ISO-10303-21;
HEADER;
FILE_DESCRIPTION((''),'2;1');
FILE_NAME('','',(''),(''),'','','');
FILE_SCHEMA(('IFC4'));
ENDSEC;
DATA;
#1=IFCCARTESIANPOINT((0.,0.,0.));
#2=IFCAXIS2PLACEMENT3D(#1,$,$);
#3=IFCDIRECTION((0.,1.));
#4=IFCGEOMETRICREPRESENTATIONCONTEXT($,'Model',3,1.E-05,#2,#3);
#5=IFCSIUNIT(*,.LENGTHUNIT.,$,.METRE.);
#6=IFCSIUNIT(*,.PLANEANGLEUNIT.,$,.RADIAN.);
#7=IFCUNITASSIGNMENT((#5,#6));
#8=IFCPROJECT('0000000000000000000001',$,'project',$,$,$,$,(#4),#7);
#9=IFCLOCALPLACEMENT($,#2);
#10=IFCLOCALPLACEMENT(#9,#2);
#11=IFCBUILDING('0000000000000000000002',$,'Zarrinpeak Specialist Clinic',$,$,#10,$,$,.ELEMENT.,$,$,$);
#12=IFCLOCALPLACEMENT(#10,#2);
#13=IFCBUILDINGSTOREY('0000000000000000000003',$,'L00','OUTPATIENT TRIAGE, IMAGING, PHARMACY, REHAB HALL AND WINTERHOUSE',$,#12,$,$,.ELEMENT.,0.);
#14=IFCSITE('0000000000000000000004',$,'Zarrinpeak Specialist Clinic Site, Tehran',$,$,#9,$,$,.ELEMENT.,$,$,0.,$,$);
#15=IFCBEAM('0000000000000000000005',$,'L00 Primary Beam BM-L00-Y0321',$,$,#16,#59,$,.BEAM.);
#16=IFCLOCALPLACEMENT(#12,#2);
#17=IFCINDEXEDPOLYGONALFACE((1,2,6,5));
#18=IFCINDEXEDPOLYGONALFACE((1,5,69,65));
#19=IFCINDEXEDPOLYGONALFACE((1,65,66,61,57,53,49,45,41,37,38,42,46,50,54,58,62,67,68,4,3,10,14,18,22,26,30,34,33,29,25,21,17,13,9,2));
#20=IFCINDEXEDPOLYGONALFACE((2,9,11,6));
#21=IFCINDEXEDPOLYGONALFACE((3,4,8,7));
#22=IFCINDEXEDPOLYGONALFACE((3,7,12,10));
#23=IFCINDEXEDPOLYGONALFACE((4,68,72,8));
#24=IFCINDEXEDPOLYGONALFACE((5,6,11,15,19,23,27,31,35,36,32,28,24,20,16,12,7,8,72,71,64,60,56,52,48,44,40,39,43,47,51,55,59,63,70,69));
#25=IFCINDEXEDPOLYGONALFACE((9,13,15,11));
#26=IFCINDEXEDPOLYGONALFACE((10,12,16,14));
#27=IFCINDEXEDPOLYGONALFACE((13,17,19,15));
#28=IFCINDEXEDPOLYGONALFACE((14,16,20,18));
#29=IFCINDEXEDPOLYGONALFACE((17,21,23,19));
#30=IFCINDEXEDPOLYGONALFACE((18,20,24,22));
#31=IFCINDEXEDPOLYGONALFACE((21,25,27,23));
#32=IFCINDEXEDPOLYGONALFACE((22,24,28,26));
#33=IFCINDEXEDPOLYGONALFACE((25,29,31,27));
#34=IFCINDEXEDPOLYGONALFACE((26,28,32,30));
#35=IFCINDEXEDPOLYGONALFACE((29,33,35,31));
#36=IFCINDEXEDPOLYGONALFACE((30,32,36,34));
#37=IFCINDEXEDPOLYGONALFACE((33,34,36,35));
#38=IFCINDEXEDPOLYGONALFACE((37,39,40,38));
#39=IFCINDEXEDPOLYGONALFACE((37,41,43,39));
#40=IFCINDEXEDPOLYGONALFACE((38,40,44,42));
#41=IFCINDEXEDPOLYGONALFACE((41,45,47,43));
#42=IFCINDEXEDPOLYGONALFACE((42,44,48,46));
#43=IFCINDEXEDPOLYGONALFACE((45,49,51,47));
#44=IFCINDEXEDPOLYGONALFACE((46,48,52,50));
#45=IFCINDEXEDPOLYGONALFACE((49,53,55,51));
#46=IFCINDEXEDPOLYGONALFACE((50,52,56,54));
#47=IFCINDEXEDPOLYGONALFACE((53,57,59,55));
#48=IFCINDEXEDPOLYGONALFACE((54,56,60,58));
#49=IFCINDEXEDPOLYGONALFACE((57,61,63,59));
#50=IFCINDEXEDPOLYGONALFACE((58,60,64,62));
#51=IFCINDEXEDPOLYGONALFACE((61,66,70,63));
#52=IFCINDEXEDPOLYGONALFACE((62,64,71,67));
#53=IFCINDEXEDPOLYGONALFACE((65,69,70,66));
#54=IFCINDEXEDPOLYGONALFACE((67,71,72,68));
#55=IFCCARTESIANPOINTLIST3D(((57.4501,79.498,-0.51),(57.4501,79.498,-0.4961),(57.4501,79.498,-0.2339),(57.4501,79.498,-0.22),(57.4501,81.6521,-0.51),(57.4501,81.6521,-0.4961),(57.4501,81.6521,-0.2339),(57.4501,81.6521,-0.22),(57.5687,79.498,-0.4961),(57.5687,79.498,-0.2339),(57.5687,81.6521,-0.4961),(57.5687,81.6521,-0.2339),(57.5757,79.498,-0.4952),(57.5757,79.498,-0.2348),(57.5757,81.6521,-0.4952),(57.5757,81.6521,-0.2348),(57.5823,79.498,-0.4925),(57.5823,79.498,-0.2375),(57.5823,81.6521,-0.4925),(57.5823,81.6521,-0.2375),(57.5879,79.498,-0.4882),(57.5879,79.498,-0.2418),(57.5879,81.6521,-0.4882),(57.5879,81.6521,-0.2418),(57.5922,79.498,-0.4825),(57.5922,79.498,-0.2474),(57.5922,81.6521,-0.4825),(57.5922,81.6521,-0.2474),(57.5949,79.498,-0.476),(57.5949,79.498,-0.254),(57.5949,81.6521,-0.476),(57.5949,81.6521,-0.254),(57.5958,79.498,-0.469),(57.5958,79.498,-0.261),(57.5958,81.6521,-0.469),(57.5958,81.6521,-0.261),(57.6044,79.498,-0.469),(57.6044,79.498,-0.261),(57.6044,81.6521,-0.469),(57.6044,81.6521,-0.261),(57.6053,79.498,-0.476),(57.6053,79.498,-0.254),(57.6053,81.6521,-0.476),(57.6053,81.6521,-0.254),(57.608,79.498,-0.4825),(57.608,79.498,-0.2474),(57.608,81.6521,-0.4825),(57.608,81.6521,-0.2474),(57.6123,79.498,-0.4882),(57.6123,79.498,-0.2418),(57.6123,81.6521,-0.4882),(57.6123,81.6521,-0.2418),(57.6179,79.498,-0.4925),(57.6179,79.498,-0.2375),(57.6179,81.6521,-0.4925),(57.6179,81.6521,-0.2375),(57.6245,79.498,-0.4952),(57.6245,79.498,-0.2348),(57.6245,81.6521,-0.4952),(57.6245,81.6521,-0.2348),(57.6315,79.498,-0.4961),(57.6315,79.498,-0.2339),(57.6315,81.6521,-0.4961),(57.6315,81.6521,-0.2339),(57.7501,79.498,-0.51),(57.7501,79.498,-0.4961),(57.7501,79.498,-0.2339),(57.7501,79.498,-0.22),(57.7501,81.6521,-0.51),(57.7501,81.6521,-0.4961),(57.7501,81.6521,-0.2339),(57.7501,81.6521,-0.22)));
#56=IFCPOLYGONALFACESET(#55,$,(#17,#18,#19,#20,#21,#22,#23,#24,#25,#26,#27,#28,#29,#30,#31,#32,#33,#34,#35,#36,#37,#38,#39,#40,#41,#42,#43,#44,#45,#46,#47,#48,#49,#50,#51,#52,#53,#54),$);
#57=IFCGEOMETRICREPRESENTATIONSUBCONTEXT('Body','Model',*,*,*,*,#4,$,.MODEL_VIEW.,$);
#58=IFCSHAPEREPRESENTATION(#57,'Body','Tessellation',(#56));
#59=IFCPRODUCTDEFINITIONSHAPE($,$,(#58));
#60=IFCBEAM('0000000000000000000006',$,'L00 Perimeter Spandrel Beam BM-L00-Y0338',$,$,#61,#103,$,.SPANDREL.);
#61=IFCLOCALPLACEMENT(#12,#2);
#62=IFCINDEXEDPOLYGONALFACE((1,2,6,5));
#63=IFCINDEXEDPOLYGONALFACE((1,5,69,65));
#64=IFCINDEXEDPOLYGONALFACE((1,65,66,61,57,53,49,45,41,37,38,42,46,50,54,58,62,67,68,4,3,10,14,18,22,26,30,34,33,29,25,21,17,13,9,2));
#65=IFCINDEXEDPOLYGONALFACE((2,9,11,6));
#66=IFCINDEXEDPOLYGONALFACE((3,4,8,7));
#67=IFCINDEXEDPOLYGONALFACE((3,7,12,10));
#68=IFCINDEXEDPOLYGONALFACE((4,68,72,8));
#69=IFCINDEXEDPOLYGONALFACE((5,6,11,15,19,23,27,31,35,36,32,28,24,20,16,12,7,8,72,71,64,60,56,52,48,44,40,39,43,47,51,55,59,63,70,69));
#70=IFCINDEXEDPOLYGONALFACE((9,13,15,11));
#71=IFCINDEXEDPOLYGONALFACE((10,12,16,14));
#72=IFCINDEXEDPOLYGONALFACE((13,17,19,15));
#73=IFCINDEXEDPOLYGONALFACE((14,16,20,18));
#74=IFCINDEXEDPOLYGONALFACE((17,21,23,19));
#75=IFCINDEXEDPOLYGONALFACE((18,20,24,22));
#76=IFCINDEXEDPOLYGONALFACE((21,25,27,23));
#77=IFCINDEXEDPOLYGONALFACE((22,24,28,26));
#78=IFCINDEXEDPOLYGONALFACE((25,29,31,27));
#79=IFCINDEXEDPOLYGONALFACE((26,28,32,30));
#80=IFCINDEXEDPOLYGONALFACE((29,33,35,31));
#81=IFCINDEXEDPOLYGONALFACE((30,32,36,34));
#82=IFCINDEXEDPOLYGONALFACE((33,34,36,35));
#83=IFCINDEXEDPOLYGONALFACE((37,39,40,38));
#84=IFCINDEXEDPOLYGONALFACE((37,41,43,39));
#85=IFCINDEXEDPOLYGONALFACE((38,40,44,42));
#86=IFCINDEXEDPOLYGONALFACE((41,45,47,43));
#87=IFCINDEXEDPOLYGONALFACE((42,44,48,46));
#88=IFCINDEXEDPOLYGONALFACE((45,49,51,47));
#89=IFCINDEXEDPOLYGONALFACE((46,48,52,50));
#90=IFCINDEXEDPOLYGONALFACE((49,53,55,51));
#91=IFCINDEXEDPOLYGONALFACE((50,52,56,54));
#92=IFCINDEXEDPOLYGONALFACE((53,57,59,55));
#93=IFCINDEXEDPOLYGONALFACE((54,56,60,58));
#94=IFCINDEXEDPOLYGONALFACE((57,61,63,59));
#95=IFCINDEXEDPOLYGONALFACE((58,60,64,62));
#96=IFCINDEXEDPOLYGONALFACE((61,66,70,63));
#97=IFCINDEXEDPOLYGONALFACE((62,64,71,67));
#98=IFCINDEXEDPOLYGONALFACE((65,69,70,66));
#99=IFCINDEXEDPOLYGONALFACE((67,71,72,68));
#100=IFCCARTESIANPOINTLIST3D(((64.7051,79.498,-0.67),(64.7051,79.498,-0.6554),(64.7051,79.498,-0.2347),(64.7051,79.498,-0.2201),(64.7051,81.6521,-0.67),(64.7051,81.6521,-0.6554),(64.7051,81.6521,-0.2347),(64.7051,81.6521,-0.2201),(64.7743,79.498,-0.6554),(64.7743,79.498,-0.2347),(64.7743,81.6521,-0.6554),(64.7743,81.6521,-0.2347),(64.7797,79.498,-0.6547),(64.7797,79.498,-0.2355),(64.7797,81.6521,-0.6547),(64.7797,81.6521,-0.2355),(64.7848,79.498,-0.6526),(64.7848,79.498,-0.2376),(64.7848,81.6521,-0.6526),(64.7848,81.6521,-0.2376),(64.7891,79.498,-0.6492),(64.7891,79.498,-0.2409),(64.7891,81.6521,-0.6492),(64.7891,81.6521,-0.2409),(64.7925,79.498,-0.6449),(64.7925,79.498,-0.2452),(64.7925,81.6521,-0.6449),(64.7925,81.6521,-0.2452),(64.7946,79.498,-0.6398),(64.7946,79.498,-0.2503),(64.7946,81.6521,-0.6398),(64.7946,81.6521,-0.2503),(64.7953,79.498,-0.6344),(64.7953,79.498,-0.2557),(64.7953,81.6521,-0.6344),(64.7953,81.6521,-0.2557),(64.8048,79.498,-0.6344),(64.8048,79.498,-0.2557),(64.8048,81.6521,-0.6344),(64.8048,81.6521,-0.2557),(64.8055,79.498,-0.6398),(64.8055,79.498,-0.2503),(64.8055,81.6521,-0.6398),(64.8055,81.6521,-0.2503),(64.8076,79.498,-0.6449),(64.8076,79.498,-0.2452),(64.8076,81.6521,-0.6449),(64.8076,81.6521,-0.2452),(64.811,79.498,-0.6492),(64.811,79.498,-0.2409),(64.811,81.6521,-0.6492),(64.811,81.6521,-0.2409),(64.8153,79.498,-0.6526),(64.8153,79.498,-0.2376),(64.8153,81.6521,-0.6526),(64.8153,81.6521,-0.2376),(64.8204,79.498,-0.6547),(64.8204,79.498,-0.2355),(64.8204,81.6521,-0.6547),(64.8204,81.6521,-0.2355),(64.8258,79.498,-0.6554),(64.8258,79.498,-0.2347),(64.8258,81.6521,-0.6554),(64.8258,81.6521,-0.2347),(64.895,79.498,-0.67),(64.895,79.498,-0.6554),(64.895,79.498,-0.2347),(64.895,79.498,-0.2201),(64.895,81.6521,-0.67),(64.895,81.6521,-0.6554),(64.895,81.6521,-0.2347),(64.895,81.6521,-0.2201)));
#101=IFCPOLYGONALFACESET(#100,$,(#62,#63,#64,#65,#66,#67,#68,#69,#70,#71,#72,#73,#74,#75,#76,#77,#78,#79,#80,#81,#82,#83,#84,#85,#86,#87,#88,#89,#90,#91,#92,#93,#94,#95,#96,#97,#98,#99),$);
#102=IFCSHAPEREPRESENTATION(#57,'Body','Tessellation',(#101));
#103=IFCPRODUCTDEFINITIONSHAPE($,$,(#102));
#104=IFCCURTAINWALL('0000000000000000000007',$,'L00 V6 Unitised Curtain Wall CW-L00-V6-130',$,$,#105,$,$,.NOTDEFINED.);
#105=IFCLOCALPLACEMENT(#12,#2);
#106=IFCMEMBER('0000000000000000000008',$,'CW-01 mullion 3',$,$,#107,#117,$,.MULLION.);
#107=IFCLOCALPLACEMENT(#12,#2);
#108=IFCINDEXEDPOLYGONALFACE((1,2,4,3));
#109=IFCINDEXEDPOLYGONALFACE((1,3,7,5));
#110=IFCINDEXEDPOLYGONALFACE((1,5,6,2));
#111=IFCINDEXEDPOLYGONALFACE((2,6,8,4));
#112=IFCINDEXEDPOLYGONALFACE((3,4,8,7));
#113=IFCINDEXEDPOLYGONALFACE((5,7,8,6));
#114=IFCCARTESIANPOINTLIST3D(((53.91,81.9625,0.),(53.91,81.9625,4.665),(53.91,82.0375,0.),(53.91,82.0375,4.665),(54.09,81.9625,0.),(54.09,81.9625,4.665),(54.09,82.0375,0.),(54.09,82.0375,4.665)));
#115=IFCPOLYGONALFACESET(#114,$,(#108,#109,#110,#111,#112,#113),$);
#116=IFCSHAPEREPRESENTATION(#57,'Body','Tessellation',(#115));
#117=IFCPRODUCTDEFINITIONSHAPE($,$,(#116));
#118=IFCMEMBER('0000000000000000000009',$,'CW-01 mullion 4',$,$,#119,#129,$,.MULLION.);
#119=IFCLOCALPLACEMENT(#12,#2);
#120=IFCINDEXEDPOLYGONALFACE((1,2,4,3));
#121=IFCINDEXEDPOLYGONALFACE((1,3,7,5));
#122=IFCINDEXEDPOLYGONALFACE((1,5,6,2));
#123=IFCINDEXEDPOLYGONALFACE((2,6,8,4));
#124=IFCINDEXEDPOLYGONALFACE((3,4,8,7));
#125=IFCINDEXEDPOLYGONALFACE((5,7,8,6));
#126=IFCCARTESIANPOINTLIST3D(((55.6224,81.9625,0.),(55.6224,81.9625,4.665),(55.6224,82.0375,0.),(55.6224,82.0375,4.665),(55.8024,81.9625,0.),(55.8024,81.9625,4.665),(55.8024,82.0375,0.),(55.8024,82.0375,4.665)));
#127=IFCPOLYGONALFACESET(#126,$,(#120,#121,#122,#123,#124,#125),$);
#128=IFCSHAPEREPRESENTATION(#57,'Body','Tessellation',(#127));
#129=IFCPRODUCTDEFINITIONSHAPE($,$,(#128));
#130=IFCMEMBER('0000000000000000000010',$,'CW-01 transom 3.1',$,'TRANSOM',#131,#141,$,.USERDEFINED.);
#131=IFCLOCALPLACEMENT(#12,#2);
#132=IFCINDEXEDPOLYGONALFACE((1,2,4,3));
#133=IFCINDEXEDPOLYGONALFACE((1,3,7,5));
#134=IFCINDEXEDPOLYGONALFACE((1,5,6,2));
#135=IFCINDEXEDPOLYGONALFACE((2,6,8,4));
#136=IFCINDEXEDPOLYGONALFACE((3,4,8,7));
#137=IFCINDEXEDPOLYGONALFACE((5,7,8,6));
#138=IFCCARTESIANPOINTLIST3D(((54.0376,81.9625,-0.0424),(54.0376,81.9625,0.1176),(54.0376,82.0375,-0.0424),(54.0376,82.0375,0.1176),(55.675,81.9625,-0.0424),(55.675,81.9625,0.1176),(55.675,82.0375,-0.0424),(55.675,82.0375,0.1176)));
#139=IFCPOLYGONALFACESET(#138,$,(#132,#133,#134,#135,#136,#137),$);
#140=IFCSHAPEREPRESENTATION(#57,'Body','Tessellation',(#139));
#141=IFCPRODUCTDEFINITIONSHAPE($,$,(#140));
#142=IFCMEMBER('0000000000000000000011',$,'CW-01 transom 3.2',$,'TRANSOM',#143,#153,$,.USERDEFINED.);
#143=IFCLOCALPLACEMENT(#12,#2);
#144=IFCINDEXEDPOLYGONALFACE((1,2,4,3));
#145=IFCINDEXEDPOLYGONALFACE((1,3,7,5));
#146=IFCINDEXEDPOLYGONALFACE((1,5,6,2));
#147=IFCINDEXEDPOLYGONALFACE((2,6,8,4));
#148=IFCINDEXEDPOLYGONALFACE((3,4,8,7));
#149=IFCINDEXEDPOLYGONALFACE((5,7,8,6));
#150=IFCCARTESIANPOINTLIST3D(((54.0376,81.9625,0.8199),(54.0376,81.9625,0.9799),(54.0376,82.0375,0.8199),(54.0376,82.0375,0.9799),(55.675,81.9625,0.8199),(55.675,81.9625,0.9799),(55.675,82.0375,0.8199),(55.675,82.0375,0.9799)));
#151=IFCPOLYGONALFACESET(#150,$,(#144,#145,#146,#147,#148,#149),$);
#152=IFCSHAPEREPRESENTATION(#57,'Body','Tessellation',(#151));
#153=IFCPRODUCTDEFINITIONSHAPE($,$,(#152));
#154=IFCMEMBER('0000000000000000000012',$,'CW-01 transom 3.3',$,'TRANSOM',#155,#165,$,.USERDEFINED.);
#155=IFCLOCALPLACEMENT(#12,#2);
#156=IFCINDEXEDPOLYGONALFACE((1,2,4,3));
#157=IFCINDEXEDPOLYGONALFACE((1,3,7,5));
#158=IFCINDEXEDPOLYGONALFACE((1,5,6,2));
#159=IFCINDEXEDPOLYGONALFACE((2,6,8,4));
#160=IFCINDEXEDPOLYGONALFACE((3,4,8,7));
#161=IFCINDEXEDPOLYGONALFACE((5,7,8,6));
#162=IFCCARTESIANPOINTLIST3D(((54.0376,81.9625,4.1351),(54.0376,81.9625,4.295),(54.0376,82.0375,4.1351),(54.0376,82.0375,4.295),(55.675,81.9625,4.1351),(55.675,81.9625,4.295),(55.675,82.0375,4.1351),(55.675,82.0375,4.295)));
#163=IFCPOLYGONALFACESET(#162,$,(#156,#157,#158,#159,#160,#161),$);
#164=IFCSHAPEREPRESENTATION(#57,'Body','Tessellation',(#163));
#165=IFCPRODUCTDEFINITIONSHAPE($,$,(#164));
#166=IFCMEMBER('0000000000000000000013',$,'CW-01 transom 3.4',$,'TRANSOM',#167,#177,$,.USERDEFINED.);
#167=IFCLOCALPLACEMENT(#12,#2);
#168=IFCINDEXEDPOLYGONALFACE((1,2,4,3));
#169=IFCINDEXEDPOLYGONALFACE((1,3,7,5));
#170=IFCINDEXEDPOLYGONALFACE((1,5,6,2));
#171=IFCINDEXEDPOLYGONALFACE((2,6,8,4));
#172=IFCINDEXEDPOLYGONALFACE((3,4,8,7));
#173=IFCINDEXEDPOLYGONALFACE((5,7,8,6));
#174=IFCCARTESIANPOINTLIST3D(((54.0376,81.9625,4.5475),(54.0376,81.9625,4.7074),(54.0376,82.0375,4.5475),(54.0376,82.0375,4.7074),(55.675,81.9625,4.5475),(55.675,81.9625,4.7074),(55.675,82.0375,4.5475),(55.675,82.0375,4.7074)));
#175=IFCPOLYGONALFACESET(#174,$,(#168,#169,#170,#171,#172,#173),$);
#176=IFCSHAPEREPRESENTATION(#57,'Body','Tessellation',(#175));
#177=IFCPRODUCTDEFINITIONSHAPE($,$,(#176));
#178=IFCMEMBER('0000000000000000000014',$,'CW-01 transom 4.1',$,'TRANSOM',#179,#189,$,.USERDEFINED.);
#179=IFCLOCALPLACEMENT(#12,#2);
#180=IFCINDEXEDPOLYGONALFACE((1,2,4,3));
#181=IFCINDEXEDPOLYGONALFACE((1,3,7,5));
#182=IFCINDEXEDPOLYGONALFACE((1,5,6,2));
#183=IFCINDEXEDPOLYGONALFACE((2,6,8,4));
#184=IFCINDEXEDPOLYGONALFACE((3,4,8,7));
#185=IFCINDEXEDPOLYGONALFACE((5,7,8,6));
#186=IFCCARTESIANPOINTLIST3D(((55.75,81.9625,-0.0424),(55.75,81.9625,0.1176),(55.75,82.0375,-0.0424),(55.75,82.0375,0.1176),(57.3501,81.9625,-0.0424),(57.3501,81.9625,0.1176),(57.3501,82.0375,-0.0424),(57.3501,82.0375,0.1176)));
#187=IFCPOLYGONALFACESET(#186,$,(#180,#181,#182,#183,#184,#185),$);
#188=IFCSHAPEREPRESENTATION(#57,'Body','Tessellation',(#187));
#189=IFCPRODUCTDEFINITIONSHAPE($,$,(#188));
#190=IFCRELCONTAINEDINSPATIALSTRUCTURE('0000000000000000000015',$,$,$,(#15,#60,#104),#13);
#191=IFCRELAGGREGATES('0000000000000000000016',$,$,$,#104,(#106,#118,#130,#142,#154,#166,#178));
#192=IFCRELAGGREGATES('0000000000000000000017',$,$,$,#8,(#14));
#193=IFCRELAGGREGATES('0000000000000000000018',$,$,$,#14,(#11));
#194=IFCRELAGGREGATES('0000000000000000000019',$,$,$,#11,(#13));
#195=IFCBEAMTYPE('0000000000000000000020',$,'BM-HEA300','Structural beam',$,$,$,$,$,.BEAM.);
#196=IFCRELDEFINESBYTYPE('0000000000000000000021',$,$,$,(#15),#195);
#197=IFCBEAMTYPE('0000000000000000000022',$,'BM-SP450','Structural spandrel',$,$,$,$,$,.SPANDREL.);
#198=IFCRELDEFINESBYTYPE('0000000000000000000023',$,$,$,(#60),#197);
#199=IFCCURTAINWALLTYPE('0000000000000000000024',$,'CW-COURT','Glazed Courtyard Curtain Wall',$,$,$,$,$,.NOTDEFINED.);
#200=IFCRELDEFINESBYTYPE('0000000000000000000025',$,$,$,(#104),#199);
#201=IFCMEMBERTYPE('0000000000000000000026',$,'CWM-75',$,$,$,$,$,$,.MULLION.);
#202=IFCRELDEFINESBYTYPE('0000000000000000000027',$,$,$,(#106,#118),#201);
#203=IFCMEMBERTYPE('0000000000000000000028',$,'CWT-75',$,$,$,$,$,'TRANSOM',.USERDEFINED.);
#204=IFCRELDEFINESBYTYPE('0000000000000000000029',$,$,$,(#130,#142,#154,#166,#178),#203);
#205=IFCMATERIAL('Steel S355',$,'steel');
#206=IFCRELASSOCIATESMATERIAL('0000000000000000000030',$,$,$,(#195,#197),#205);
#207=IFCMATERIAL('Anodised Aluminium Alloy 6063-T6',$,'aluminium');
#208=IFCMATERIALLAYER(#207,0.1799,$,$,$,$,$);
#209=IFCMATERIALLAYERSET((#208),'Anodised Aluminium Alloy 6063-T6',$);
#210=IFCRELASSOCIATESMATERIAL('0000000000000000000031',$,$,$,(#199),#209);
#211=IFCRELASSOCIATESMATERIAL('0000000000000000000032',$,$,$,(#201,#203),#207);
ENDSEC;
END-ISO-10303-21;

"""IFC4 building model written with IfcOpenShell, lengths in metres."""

from ifc_helpers import new_model, si_unit, direction, frame, origin, origin_2d, place, context, subcontext, project, spatial, rectangle, i_section, extrude, material, layer, layer_set, material_profile, profile_set, type_object, element, aggregate, save


model = new_model("IFC4")

# Units and contexts
model_context = context("Model", 3, precision=1e-05, world=origin(), true_north=direction((0.0, 1.0)))
body_context = subcontext(model_context, "Body", "Model", "MODEL_VIEW")
ifc_project = project(units=[si_unit("LENGTHUNIT", "METRE"), si_unit("PLANEANGLEUNIT", "RADIAN")], contexts=[model_context])

# Site, building, storey
site_placement = place(None, origin())
site = spatial("IfcSite", under=ifc_project, at=site_placement, Name="Zarrinpeak Specialist Clinic Site, Tehran", CompositionType="ELEMENT", RefElevation=0.0)
building_placement = place(site_placement, origin())
building = spatial("IfcBuilding", under=site, at=building_placement, Name="Zarrinpeak Specialist Clinic", CompositionType="ELEMENT")
storey_placement = place(building_placement, origin())
storey = spatial("IfcBuildingStorey", under=building, at=storey_placement, Name="L00", Description="OUTPATIENT TRIAGE, IMAGING, PHARMACY, REHAB HALL AND WINTERHOUSE", CompositionType="ELEMENT", Elevation=0.0)

# Beams
ifc_material_1 = material(Name="Steel S355", Category="steel")
ifc_material_profile_1 = material_profile(ifc_material_1, i_section(OverallWidth=0.3, OverallDepth=0.29, WebThickness=0.0085, FlangeThickness=0.0139, FilletRadius=0.0271, at=origin_2d()), Name="HEA 300")
ifc_profile_set_1 = profile_set([ifc_material_profile_1], Name="Steel S355")
beam_type_1 = type_object("IfcBeamType", Name="BM-HEA300", Description="Structural beam", PredefinedType="BEAM", material=ifc_profile_set_1)
beam_1_placement = place(storey_placement, frame((57.6001, 79.498, -0.365), z_axis=(0.0, 1.0, 0.0), x_axis=(-1.0, 0.0, 0.0)))
element("IfcBeam", 1, at=beam_1_placement, inside=storey, type_object=beam_type_1, Name="L00 Primary Beam BM-L00-Y0321", PredefinedType="BEAM", context=body_context, shape_type="SweptSolid", body=[
    extrude(i_section(OverallWidth=0.3, OverallDepth=0.29, WebThickness=0.0085, FlangeThickness=0.0139, FilletRadius=0.0271, at=origin_2d()), origin(), (0.0, 0.0, 1.0), 2.1541),
])
ifc_material_profile_2 = material_profile(ifc_material_1, i_section(OverallWidth=0.1899, OverallDepth=0.45, WebThickness=0.0095, FlangeThickness=0.0146, FilletRadius=0.021, at=origin_2d()), Name="IPE 450")
ifc_profile_set_2 = profile_set([ifc_material_profile_2], Name="Steel S355")
beam_type_2 = type_object("IfcBeamType", Name="BM-SP450", Description="Structural spandrel", PredefinedType="SPANDREL", material=ifc_profile_set_2)
beam_2_placement = place(storey_placement, frame((64.8, 79.498, -0.4451), z_axis=(0.0, 1.0, 0.0), x_axis=(-1.0, 0.0, 0.0)))
element("IfcBeam", 2, at=beam_2_placement, inside=storey, type_object=beam_type_2, Name="L00 Perimeter Spandrel Beam BM-L00-Y0338", PredefinedType="SPANDREL", context=body_context, shape_type="SweptSolid", body=[
    extrude(i_section(OverallWidth=0.1899, OverallDepth=0.45, WebThickness=0.0095, FlangeThickness=0.0146, FilletRadius=0.021, at=origin_2d()), origin(), (0.0, 0.0, 1.0), 2.1541),
])

# Curtain wall, members
ifc_material_2 = material(Name="Anodised Aluminium Alloy 6063-T6", Category="aluminium")
ifc_layer_1 = layer(ifc_material_2, 0.1799)
ifc_layer_set_1 = layer_set([ifc_layer_1], Name="Anodised Aluminium Alloy 6063-T6")
curtain_wall_type = type_object("IfcCurtainWallType", Name="CW-COURT", Description="Glazed Courtyard Curtain Wall", PredefinedType="NOTDEFINED", material=ifc_layer_set_1)
curtain_wall_placement = place(storey_placement, origin())
curtain_wall = element("IfcCurtainWall", 3, at=curtain_wall_placement, inside=storey, type_object=curtain_wall_type, Name="L00 V6 Unitised Curtain Wall CW-L00-V6-130", PredefinedType="NOTDEFINED")
ifc_material_profile_3 = material_profile(ifc_material_2, rectangle(XDim=0.075, YDim=0.1799, at=origin_2d()), Name="ALU 75x180")
ifc_profile_set_3 = profile_set([ifc_material_profile_3], Name="Anodised Aluminium Alloy 6063-T6")
member_type_1 = type_object("IfcMemberType", Name="CWM-75", PredefinedType="MULLION", material=ifc_profile_set_3)
member_1_placement = place(storey_placement, frame((54.0, 82.0, 0.0), z_axis=(0.0, 0.0, 1.0), x_axis=(0.0, 1.0, 0.0)))
member_1 = element("IfcMember", 4, at=member_1_placement, type_object=member_type_1, Name="CW-01 mullion 3", PredefinedType="MULLION", context=body_context, shape_type="SweptSolid", body=[
    extrude(rectangle(XDim=0.075, YDim=0.1799, at=origin_2d()), origin(), (0.0, 0.0, 1.0), 4.665),
])
member_2_placement = place(storey_placement, frame((55.7124, 82.0, 0.0), z_axis=(0.0, 0.0, 1.0), x_axis=(0.0, 1.0, 0.0)))
member_2 = element("IfcMember", 5, at=member_2_placement, type_object=member_type_1, Name="CW-01 mullion 4", PredefinedType="MULLION", context=body_context, shape_type="SweptSolid", body=[
    extrude(rectangle(XDim=0.075, YDim=0.1799, at=origin_2d()), origin(), (0.0, 0.0, 1.0), 4.665),
])
ifc_material_profile_4 = material_profile(ifc_material_2, rectangle(XDim=0.075, YDim=0.1599, at=origin_2d()), Name="ALU 75x160")
ifc_profile_set_4 = profile_set([ifc_material_profile_4], Name="Anodised Aluminium Alloy 6063-T6")
member_type_2 = type_object("IfcMemberType", Name="CWT-75", ElementType="TRANSOM", PredefinedType="USERDEFINED", material=ifc_profile_set_4)
member_3_placement = place(storey_placement, frame((54.0376, 82.0, 0.0376), z_axis=(1.0, 0.0, 0.0), x_axis=(0.0, 1.0, 0.0)))
member_3 = element("IfcMember", 6, at=member_3_placement, type_object=member_type_2, Name="CW-01 transom 3.1", ObjectType="TRANSOM", PredefinedType="USERDEFINED", context=body_context, shape_type="SweptSolid", body=[
    extrude(rectangle(XDim=0.075, YDim=0.1599, at=origin_2d()), origin(), (0.0, 0.0, 1.0), 1.6375),
])
member_4_placement = place(storey_placement, frame((54.0376, 82.0, 0.8999), z_axis=(1.0, 0.0, 0.0), x_axis=(0.0, 1.0, 0.0)))
member_4 = element("IfcMember", 7, at=member_4_placement, type_object=member_type_2, Name="CW-01 transom 3.2", ObjectType="TRANSOM", PredefinedType="USERDEFINED", context=body_context, shape_type="SweptSolid", body=[
    extrude(rectangle(XDim=0.075, YDim=0.1599, at=origin_2d()), origin(), (0.0, 0.0, 1.0), 1.6375),
])
member_5_placement = place(storey_placement, frame((54.0376, 82.0, 4.2151), z_axis=(1.0, 0.0, 0.0), x_axis=(0.0, 1.0, 0.0)))
member_5 = element("IfcMember", 8, at=member_5_placement, type_object=member_type_2, Name="CW-01 transom 3.3", ObjectType="TRANSOM", PredefinedType="USERDEFINED", context=body_context, shape_type="SweptSolid", body=[
    extrude(rectangle(XDim=0.075, YDim=0.1599, at=origin_2d()), origin(), (0.0, 0.0, 1.0), 1.6375),
])
member_6_placement = place(storey_placement, frame((54.0376, 82.0, 4.6274), z_axis=(1.0, 0.0, 0.0), x_axis=(0.0, 1.0, 0.0)))
member_6 = element("IfcMember", 9, at=member_6_placement, type_object=member_type_2, Name="CW-01 transom 3.4", ObjectType="TRANSOM", PredefinedType="USERDEFINED", context=body_context, shape_type="SweptSolid", body=[
    extrude(rectangle(XDim=0.075, YDim=0.1599, at=origin_2d()), origin(), (0.0, 0.0, 1.0), 1.6375),
])
member_7_placement = place(storey_placement, frame((55.75, 82.0, 0.0376), z_axis=(1.0, 0.0, 0.0), x_axis=(0.0, 1.0, 0.0)))
member_7 = element("IfcMember", 10, at=member_7_placement, type_object=member_type_2, Name="CW-01 transom 4.1", ObjectType="TRANSOM", PredefinedType="USERDEFINED", context=body_context, shape_type="SweptSolid", body=[
    extrude(rectangle(XDim=0.075, YDim=0.1599, at=origin_2d()), origin(), (0.0, 0.0, 1.0), 1.6001),
])
aggregate(curtain_wall, [member_1, member_2, member_3, member_4, member_5, member_6, member_7])

save(model, "model.ifc")
